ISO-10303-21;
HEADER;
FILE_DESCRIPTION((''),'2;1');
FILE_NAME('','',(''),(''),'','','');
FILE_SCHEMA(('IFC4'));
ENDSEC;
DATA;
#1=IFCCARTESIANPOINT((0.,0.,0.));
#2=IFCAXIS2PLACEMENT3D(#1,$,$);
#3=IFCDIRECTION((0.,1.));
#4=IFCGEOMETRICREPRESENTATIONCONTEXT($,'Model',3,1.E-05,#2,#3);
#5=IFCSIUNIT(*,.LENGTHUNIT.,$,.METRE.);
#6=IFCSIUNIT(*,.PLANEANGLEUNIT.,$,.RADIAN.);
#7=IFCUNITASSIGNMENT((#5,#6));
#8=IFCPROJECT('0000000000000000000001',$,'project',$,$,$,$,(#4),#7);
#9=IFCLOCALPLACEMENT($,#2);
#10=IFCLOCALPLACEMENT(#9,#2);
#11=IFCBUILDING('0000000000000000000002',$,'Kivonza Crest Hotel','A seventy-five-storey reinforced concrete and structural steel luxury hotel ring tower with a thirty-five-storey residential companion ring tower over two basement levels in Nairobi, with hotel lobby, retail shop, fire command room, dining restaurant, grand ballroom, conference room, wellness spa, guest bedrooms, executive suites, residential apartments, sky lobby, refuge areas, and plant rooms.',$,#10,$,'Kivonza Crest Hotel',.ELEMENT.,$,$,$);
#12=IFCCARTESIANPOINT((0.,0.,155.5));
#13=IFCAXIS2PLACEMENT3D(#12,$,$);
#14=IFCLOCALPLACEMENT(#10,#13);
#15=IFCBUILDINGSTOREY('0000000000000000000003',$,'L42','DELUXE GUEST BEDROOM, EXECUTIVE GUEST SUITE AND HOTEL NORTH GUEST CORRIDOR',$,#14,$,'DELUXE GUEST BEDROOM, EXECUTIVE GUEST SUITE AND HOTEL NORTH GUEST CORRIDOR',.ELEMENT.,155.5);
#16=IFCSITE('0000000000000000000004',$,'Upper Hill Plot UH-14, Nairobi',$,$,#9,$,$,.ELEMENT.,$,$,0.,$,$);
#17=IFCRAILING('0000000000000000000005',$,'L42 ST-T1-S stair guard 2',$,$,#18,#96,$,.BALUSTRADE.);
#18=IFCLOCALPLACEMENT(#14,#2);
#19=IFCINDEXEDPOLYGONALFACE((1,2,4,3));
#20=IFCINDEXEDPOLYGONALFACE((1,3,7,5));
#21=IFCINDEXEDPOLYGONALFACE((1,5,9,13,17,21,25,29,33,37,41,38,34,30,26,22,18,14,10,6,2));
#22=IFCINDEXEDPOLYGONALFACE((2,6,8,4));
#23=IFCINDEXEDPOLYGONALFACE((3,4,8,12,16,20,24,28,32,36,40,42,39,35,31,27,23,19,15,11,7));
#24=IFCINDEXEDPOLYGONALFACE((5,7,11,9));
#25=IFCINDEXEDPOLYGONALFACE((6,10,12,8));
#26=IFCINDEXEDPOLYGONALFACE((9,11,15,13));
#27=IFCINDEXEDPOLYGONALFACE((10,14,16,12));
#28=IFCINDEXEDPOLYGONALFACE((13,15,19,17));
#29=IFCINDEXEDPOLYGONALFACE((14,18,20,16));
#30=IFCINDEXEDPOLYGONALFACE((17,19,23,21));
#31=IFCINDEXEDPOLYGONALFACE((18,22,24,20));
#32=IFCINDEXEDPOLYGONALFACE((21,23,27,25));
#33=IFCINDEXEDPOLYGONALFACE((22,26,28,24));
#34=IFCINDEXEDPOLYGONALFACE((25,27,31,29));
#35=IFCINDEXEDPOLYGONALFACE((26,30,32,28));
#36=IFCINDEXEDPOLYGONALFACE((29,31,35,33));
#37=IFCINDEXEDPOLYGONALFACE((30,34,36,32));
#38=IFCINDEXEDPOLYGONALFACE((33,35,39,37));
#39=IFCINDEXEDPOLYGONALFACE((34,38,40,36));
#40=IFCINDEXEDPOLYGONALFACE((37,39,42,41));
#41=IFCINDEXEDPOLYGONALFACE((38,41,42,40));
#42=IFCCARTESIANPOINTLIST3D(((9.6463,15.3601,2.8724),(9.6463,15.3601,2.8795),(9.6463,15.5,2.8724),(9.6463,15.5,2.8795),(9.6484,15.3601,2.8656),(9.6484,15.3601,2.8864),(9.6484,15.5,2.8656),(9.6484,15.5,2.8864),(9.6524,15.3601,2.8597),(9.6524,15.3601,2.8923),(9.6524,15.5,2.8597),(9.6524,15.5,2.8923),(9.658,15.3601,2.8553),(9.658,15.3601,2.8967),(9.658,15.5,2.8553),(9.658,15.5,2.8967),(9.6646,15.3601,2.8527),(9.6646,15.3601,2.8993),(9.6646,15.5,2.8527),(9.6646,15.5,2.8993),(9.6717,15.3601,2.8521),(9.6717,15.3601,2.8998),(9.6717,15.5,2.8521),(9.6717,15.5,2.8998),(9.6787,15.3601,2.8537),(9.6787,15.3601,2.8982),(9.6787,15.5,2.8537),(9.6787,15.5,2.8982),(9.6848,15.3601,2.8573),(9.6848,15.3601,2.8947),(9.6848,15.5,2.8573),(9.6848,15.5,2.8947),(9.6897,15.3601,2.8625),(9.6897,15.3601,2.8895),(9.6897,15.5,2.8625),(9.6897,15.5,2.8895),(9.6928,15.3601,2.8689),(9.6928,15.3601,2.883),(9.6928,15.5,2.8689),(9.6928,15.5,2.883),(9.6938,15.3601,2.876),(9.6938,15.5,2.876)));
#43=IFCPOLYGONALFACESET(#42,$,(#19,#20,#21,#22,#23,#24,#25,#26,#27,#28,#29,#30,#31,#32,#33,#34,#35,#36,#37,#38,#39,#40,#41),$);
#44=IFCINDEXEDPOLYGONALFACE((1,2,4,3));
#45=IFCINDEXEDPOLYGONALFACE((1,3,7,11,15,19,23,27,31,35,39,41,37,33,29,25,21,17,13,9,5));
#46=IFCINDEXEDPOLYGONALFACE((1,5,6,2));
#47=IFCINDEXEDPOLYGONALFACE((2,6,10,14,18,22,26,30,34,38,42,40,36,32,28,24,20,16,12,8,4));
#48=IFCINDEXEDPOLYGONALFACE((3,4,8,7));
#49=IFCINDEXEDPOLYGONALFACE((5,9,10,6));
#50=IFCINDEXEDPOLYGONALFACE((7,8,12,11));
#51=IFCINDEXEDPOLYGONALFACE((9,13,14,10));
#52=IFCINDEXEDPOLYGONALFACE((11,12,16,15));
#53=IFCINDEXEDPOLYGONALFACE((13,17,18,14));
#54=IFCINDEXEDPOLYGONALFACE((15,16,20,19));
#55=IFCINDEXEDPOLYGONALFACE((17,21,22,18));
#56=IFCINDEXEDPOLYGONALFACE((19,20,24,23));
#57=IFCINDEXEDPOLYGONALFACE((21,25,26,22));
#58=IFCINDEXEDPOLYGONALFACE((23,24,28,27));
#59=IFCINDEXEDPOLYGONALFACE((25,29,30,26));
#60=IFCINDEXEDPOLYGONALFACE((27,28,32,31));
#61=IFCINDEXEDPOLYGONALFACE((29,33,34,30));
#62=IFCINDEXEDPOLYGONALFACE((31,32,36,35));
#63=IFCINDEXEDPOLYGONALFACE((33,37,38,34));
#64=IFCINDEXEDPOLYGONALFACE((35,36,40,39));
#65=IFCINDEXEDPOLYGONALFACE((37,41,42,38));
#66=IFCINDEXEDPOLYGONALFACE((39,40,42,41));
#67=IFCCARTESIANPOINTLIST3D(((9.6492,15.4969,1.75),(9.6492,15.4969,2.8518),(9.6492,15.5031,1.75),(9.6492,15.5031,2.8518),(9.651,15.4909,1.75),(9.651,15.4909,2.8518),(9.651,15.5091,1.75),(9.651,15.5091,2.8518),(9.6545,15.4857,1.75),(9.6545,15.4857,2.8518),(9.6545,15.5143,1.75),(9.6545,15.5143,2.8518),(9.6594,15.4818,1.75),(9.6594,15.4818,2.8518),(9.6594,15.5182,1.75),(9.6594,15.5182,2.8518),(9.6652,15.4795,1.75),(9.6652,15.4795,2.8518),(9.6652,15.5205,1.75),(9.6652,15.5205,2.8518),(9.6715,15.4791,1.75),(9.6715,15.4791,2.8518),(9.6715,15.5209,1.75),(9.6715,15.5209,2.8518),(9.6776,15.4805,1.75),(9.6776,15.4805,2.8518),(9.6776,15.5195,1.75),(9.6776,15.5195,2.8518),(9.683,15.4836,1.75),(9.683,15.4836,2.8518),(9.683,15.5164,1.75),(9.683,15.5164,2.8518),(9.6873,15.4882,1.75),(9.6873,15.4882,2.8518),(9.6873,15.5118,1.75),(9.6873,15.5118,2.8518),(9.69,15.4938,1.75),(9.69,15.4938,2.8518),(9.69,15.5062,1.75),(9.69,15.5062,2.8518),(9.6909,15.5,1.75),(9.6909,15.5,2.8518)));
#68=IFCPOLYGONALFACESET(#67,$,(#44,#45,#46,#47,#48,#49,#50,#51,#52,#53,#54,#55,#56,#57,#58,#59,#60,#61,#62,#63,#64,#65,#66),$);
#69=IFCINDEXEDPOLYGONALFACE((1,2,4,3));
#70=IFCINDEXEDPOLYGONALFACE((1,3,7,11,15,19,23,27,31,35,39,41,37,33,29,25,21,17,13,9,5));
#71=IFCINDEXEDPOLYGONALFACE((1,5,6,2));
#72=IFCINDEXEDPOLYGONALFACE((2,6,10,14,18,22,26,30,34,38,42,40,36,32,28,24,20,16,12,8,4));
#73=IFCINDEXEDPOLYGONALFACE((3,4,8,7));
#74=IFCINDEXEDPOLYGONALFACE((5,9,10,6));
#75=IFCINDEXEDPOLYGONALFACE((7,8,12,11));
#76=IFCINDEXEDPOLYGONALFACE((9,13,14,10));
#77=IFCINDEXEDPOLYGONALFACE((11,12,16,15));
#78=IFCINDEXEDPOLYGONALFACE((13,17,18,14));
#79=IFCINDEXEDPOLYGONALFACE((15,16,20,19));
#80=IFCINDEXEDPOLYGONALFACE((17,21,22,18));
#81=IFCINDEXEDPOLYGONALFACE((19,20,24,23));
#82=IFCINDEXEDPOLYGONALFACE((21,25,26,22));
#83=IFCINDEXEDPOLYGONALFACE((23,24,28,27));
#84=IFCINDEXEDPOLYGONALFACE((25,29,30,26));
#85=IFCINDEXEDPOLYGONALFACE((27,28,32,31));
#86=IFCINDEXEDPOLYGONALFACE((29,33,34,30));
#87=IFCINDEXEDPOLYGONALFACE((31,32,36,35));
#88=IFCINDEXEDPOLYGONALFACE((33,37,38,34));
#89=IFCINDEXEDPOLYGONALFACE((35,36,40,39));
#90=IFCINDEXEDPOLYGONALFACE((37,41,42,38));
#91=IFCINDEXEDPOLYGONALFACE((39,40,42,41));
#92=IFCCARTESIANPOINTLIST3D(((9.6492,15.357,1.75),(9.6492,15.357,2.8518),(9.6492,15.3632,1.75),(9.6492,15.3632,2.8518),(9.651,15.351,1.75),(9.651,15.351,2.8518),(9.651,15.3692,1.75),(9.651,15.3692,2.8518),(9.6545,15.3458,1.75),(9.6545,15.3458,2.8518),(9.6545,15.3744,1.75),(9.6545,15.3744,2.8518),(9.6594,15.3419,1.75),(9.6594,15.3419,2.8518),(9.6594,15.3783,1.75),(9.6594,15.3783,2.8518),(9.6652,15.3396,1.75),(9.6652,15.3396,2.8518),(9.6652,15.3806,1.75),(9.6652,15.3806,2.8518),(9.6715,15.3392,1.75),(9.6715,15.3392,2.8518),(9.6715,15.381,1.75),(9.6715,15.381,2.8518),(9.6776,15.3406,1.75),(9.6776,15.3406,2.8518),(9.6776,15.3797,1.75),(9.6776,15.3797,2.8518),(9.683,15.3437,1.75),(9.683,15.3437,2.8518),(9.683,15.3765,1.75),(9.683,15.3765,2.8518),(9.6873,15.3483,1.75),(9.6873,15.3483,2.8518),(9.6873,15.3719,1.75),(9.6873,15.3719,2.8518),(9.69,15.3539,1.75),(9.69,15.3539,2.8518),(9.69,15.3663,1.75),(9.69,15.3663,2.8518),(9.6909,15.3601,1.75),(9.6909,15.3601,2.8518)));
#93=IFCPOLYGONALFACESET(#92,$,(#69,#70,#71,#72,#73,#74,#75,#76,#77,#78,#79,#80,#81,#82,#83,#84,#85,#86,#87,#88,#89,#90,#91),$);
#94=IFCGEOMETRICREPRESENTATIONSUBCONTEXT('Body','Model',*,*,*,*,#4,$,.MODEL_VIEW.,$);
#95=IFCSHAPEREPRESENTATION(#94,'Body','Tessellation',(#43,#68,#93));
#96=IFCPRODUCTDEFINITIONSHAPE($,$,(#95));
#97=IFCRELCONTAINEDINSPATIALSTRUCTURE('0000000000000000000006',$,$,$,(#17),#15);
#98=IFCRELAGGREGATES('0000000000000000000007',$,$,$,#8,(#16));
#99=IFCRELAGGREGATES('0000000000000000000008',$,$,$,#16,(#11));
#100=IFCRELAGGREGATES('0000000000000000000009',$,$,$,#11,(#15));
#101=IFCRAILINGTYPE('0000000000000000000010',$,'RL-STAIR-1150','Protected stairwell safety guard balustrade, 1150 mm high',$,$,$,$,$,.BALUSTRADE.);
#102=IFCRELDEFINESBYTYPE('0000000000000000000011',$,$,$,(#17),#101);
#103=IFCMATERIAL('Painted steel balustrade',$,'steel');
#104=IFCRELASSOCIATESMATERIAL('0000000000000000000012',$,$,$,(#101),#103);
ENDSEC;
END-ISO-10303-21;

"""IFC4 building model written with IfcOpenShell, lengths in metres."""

from ifc_helpers import new_model, si_unit, direction, frame, origin, origin_2d, place, context, subcontext, project, spatial, circle, extrude, material, type_object, element, save


model = new_model("IFC4")

# Units and contexts
model_context = context("Model", 3, precision=1e-05, world=origin(), true_north=direction((0.0, 1.0)))
body_context = subcontext(model_context, "Body", "Model", "MODEL_VIEW")
ifc_project = project(units=[si_unit("LENGTHUNIT", "METRE"), si_unit("PLANEANGLEUNIT", "RADIAN")], contexts=[model_context])

# Site, building, storey
site_placement = place(None, origin())
site = spatial("IfcSite", under=ifc_project, at=site_placement, Name="Upper Hill Plot UH-14, Nairobi", CompositionType="ELEMENT", RefElevation=0.0)
building_placement = place(site_placement, origin())
building = spatial("IfcBuilding", under=site, at=building_placement, Name="Kivonza Crest Hotel", Description="A seventy-five-storey reinforced concrete and structural steel luxury hotel ring tower with a thirty-five-storey residential companion ring tower over two basement levels in Nairobi, with hotel lobby, retail shop, fire command room, dining restaurant, grand ballroom, conference room, wellness spa, guest bedrooms, executive suites, residential apartments, sky lobby, refuge areas, and plant rooms.", LongName="Kivonza Crest Hotel", CompositionType="ELEMENT")
storey_placement = place(building_placement, frame((0.0, 0.0, 155.5)))
storey = spatial("IfcBuildingStorey", under=building, at=storey_placement, Name="L42", Description="DELUXE GUEST BEDROOM, EXECUTIVE GUEST SUITE AND HOTEL NORTH GUEST CORRIDOR", LongName="DELUXE GUEST BEDROOM, EXECUTIVE GUEST SUITE AND HOTEL NORTH GUEST CORRIDOR", CompositionType="ELEMENT", Elevation=155.5)

# Railing
ifc_material_1 = material(Name="Painted steel balustrade", Category="steel")
railing_type_1 = type_object("IfcRailingType", Name="RL-STAIR-1150", Description="Protected stairwell safety guard balustrade, 1150 mm high", PredefinedType="BALUSTRADE", material=ifc_material_1)
railing_1_placement = place(storey_placement, frame((9.6699, 15.5, 1.75)))
element("IfcRailing", 1, at=railing_1_placement, inside=storey, type_object=railing_type_1, Name="L42 ST-T1-S stair guard 2", PredefinedType="BALUSTRADE", context=body_context, shape_type="SweptSolid", body=[
    extrude(circle(Radius=0.0239, at=origin_2d()), frame((0.0, 0.0, 1.126), z_axis=(0.0, -1.0, 0.0), x_axis=(1.0, 0.0, 0.0)), (0.0, 0.0, 1.0), 0.1399),
    extrude(circle(Radius=0.021, at=origin_2d()), origin(), (0.0, 0.0, 1.0), 1.1018),
    extrude(circle(Radius=0.021, at=origin_2d()), frame((0.0, -0.1399, 0.0)), (0.0, 0.0, 1.0), 1.1018),
])

save(model, "model.ifc")
